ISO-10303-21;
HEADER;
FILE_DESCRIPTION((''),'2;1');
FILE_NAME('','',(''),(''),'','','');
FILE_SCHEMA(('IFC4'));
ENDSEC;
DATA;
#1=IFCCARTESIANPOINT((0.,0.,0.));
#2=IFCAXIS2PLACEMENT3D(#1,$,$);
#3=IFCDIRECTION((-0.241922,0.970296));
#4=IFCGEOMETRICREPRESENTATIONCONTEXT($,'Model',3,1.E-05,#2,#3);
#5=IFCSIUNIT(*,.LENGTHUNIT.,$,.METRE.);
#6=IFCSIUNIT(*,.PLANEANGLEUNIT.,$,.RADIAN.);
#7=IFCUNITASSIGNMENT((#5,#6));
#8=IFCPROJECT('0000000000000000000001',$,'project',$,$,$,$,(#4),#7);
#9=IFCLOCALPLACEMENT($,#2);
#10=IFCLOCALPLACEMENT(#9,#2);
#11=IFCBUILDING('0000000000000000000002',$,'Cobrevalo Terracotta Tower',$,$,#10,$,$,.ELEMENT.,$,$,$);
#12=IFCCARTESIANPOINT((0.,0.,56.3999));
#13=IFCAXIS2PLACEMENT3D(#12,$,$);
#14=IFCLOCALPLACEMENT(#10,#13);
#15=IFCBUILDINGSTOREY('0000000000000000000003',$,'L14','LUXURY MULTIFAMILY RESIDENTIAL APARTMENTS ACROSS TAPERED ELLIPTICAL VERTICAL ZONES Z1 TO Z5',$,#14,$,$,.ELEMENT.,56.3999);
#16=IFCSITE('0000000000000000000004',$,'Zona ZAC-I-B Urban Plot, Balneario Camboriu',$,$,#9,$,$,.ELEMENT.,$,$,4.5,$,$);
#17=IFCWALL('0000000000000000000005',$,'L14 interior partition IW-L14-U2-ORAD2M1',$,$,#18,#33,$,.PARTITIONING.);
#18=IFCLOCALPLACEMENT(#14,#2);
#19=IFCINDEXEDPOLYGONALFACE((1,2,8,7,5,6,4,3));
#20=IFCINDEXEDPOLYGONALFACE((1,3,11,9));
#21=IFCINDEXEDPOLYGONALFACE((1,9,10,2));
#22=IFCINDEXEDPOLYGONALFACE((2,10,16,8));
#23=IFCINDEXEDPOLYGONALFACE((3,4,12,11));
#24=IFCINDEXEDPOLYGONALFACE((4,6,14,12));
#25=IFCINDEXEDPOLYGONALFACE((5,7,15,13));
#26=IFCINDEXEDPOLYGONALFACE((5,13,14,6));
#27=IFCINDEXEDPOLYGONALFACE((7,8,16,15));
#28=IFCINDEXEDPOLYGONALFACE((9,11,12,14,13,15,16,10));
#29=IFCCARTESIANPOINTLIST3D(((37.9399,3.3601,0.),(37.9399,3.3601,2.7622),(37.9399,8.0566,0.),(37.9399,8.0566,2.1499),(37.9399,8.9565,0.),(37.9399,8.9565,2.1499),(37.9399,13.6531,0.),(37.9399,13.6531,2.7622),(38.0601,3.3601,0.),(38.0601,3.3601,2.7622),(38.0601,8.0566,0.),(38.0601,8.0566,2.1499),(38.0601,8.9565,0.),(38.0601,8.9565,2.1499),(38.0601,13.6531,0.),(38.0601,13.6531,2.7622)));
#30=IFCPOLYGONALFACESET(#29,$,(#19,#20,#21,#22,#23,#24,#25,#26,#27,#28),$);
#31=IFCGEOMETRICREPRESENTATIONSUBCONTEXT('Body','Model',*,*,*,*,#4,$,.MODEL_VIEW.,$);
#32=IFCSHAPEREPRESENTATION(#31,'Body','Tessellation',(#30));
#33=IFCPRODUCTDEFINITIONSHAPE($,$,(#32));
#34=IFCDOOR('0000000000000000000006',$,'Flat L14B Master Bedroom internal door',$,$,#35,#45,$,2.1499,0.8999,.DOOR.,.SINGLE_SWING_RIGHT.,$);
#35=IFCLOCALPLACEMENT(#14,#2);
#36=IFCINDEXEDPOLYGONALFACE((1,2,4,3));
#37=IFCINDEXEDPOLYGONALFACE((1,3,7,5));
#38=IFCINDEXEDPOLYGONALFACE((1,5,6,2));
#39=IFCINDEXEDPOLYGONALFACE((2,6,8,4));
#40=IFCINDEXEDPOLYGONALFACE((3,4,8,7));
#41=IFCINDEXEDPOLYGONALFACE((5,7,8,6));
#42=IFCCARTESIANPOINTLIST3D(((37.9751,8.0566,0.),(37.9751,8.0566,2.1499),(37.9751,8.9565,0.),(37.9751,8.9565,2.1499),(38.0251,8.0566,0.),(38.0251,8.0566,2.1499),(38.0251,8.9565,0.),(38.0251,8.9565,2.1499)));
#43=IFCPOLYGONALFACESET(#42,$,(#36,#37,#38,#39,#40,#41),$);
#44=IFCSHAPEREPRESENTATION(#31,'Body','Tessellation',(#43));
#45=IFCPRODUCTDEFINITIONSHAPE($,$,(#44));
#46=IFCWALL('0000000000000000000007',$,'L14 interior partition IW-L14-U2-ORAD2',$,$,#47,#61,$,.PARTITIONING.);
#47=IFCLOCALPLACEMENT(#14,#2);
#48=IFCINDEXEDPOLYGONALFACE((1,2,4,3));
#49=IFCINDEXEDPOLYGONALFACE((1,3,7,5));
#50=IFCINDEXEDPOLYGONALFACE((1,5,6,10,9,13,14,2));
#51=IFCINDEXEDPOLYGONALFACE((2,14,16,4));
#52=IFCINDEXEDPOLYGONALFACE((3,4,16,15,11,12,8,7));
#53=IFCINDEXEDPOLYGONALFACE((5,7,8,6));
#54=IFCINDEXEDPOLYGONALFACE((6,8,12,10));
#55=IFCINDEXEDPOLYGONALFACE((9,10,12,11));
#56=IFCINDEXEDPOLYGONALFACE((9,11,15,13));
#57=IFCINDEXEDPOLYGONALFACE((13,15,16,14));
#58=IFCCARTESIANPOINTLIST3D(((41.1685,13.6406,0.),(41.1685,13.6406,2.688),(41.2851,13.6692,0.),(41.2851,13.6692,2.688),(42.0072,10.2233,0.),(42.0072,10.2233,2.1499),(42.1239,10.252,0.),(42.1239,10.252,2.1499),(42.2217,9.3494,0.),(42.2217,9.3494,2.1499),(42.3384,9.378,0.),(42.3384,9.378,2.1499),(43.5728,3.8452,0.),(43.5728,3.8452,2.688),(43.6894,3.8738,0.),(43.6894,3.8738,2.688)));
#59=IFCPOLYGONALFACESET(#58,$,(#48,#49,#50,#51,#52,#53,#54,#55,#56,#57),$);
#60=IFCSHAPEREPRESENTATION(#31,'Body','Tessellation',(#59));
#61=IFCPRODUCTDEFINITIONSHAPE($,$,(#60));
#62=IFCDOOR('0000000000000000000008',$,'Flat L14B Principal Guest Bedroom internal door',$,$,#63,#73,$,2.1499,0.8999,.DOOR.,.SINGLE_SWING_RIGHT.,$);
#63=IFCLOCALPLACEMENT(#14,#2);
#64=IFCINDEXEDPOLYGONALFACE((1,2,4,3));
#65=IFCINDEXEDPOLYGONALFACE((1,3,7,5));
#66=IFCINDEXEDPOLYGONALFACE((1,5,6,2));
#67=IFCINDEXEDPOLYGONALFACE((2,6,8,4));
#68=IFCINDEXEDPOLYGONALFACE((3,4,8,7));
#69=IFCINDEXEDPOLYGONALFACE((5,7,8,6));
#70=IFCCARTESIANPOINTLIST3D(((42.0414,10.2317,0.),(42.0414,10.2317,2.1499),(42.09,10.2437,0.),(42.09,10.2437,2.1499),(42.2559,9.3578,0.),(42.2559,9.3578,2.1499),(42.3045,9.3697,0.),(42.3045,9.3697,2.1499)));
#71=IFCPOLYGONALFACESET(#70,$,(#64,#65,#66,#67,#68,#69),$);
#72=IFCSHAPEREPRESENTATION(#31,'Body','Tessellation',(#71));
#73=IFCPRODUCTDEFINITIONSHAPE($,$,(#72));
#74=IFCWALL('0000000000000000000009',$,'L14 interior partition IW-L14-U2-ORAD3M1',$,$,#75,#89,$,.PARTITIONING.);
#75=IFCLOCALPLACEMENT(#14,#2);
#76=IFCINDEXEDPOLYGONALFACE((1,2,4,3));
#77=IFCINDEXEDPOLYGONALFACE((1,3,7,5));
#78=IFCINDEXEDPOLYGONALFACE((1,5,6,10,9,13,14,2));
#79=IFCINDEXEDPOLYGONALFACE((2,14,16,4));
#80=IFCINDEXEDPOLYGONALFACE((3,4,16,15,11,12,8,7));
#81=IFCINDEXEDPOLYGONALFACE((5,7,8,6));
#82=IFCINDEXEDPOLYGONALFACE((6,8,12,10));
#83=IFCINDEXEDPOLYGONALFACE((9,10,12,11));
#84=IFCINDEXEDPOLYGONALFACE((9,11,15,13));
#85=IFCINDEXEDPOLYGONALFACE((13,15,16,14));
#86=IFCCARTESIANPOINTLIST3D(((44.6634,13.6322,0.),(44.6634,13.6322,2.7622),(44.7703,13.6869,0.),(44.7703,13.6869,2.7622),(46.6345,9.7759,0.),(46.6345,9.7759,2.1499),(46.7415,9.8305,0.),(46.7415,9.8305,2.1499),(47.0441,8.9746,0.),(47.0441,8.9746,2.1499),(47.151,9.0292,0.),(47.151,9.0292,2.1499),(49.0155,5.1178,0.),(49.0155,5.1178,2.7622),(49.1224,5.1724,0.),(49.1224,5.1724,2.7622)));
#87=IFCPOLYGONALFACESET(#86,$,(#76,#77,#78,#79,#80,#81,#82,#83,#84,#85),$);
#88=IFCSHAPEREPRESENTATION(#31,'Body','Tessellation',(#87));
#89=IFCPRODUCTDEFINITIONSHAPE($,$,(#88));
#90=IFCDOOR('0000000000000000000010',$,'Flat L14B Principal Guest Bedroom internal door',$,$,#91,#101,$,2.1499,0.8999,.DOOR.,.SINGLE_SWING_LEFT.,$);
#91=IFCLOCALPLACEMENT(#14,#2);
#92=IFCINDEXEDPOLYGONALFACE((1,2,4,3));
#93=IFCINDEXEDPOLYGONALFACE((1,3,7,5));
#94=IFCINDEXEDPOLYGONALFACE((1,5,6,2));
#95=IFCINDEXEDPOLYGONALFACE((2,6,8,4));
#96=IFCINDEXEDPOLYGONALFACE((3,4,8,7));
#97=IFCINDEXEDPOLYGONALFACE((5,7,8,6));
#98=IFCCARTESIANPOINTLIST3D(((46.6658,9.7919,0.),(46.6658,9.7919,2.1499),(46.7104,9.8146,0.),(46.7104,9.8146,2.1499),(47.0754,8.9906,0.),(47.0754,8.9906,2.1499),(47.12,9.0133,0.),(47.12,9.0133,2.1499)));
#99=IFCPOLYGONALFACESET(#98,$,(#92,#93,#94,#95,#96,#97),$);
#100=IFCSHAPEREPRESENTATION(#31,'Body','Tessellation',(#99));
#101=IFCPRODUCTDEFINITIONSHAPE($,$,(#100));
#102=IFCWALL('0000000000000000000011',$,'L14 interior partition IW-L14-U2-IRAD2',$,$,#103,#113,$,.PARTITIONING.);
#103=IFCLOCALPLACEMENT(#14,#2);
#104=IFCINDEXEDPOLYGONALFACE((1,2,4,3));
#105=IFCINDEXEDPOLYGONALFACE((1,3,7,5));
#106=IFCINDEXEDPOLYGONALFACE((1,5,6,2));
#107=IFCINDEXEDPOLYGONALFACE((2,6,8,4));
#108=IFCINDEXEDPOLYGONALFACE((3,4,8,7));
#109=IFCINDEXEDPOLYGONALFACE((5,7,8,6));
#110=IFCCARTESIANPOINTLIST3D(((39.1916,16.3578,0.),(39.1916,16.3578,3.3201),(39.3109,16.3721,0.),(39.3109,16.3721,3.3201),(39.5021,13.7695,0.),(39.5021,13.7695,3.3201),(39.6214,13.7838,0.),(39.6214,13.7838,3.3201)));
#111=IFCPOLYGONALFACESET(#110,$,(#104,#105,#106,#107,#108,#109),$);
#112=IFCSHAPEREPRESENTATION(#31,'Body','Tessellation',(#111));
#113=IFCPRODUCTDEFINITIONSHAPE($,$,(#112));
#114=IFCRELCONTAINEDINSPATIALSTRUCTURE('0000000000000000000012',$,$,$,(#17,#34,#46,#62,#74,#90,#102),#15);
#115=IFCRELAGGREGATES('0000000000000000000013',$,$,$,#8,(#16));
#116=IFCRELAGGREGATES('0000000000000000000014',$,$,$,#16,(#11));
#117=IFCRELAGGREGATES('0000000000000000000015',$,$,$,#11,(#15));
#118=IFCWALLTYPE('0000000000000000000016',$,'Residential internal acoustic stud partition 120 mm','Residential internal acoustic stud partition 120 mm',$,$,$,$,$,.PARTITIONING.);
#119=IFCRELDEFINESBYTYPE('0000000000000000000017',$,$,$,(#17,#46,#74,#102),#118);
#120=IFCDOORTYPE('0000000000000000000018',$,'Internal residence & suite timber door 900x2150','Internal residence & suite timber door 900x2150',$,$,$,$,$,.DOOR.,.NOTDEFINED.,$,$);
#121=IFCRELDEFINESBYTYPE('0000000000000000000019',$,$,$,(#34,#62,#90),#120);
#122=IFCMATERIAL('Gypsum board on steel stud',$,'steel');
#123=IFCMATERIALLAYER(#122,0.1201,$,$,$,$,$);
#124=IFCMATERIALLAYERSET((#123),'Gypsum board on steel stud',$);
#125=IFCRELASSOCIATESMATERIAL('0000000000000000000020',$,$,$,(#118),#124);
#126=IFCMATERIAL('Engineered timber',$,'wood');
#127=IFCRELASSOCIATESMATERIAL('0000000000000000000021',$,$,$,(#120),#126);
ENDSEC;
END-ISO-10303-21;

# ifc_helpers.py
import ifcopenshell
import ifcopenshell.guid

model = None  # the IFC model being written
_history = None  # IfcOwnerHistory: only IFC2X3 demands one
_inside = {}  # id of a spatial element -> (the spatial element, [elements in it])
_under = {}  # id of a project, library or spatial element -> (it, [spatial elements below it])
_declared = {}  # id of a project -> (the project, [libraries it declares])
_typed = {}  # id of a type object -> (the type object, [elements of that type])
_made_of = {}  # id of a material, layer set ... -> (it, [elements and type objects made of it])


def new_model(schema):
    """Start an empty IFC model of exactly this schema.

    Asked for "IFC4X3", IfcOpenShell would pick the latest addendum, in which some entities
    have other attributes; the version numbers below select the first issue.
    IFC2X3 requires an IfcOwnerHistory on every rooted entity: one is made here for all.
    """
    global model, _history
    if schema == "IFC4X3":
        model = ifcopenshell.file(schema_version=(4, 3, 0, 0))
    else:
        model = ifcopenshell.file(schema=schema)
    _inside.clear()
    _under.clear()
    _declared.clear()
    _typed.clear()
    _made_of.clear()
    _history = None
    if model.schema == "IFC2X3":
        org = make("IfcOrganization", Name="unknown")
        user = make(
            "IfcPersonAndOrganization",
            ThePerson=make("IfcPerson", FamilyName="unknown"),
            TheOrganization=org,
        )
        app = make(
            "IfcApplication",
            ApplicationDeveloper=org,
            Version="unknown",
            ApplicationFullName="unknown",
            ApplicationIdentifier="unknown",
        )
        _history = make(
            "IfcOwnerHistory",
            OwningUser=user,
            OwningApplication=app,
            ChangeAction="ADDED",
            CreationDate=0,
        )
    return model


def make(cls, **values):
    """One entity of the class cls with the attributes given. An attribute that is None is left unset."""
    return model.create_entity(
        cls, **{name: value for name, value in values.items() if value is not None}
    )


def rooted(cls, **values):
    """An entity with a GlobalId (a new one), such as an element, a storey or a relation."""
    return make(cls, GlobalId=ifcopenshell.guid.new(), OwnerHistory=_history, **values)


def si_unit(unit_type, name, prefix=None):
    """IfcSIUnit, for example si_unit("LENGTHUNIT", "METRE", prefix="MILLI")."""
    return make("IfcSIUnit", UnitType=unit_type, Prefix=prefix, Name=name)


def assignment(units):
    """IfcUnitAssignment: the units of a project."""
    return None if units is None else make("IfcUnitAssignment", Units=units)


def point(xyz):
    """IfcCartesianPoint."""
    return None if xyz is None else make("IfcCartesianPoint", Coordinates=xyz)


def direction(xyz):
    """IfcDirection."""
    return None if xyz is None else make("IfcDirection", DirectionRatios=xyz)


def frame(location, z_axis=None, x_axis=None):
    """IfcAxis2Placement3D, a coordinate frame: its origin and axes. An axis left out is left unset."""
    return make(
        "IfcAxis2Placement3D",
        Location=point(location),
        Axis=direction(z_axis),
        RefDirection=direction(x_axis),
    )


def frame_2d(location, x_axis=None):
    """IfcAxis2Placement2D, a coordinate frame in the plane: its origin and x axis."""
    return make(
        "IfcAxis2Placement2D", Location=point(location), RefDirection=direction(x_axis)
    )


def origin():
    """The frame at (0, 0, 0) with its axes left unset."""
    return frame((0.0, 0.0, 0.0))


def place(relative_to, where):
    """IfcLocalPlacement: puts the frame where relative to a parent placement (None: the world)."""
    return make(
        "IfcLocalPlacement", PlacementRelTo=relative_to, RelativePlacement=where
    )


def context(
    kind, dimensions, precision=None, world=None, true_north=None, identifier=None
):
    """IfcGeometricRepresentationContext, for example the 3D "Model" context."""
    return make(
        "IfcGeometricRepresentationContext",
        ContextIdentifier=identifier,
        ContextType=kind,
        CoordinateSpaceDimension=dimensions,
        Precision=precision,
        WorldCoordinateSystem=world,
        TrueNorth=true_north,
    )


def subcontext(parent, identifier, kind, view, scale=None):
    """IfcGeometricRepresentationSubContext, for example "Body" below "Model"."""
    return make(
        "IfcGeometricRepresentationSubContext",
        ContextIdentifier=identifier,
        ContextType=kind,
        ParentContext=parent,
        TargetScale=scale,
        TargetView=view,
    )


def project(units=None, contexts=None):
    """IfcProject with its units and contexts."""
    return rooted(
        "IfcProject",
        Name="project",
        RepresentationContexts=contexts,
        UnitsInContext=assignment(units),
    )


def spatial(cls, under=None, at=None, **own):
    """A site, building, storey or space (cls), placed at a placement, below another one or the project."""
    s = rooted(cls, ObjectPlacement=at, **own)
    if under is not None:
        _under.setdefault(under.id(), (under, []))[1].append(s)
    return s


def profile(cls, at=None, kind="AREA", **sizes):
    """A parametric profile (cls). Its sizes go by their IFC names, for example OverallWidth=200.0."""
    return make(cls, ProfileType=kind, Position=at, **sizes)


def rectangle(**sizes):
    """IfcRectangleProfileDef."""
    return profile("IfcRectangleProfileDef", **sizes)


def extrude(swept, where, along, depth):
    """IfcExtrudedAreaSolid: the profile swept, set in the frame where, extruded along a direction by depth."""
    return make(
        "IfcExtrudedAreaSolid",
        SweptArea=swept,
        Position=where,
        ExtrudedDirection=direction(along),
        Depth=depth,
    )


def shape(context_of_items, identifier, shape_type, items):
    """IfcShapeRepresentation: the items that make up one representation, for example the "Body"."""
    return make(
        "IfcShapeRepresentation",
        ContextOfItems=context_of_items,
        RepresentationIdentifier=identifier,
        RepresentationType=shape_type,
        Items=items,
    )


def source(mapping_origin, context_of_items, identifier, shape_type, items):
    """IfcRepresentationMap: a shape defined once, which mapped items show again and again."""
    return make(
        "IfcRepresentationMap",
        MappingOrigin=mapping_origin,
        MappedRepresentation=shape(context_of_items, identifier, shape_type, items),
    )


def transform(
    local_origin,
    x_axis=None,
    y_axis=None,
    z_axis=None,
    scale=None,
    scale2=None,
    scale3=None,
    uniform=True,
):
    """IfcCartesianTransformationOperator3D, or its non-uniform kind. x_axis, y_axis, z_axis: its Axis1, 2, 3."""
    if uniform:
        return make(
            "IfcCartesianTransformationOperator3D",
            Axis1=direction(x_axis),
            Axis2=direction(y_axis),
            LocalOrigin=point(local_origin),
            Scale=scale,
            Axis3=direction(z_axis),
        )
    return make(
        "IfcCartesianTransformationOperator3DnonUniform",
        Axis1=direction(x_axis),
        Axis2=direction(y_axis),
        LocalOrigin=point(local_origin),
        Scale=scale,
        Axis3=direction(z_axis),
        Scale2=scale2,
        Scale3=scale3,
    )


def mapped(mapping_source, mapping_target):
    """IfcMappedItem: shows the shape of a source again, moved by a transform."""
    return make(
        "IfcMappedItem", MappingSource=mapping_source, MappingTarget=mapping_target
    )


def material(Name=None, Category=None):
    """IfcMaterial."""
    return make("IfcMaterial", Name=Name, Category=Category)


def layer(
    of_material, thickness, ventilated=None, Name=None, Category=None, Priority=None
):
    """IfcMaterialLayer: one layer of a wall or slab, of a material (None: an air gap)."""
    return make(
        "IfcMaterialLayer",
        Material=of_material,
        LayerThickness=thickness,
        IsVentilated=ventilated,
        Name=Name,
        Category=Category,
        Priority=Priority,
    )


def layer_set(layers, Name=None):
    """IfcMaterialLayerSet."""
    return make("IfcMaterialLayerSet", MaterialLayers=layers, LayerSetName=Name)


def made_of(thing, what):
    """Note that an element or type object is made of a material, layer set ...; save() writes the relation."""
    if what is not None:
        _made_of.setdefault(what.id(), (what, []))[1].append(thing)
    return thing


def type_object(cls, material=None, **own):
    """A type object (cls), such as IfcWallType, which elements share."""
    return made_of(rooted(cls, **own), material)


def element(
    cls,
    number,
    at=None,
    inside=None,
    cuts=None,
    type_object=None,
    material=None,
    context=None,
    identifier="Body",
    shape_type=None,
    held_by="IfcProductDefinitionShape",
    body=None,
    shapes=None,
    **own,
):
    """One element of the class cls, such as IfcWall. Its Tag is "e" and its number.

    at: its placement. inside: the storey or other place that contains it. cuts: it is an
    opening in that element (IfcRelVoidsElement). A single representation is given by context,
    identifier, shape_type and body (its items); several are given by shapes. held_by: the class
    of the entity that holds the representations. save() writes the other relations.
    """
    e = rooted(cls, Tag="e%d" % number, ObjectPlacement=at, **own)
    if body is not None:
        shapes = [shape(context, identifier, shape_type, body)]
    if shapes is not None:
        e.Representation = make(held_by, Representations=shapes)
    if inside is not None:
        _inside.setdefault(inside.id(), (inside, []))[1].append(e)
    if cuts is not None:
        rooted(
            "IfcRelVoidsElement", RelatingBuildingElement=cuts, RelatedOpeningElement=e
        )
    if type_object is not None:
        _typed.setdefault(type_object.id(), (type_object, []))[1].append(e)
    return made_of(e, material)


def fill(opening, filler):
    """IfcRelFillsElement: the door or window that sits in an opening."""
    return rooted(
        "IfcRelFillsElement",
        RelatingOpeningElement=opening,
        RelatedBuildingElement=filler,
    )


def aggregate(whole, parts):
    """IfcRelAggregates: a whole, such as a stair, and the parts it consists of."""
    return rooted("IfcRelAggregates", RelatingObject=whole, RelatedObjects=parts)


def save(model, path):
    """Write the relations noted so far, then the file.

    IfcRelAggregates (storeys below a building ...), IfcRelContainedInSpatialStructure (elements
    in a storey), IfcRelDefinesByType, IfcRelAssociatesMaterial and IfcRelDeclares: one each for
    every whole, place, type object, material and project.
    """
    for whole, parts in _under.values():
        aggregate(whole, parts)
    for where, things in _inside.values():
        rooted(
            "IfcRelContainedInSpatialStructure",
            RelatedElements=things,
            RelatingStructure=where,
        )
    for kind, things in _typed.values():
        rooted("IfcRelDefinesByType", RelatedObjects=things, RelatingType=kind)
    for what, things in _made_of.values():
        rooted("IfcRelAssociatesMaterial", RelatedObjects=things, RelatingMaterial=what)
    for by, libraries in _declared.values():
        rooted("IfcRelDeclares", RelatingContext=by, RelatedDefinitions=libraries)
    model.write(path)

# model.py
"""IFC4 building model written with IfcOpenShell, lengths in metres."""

from ifc_helpers import new_model, si_unit, direction, frame, frame_2d, origin, place, context, subcontext, project, spatial, rectangle, extrude, source, transform, mapped, material, layer, layer_set, type_object, element, fill, save


model = new_model("IFC4")

# Units and contexts
model_context = context("Model", 3, precision=1e-05, world=origin(), true_north=direction((-0.241922, 0.970296)))
body_context = subcontext(model_context, "Body", "Model", "MODEL_VIEW")
ifc_project = project(units=[si_unit("LENGTHUNIT", "METRE"), si_unit("PLANEANGLEUNIT", "RADIAN")], contexts=[model_context])

# Site, building, storey
site_placement = place(None, origin())
site = spatial("IfcSite", under=ifc_project, at=site_placement, Name="Zona ZAC-I-B Urban Plot, Balneario Camboriu", CompositionType="ELEMENT", RefElevation=4.5)
building_placement = place(site_placement, origin())
building = spatial("IfcBuilding", under=site, at=building_placement, Name="Cobrevalo Terracotta Tower", CompositionType="ELEMENT")
storey_placement = place(building_placement, frame((0.0, 0.0, 56.3999)))
storey = spatial("IfcBuildingStorey", under=building, at=storey_placement, Name="L14", Description="LUXURY MULTIFAMILY RESIDENTIAL APARTMENTS ACROSS TAPERED ELLIPTICAL VERTICAL ZONES Z1 TO Z5", CompositionType="ELEMENT", Elevation=56.3999)

# Walls, openings, doors
ifc_material_1 = material(Name="Gypsum board on steel stud", Category="steel")
ifc_layer_1 = layer(ifc_material_1, 0.1201)
ifc_layer_set_1 = layer_set([ifc_layer_1], Name="Gypsum board on steel stud")
wall_type = type_object("IfcWallType", Name="Residential internal acoustic stud partition 120 mm", Description="Residential internal acoustic stud partition 120 mm", PredefinedType="PARTITIONING", material=ifc_layer_set_1)
wall_1_placement = place(storey_placement, frame((38.0, 13.6531, 0.0), z_axis=(0.0, 0.0, 1.0), x_axis=(0.0, -1.0, 0.0)))
wall_1 = element("IfcWall", 1, at=wall_1_placement, inside=storey, type_object=wall_type, Name="L14 interior partition IW-L14-U2-ORAD2M1", PredefinedType="PARTITIONING", context=body_context, shape_type="SweptSolid", body=[
    extrude(rectangle(XDim=10.293, YDim=0.1201, at=frame_2d((5.1465, 0.0))), origin(), (0.0, 0.0, 1.0), 2.7622),
])
opening_1_placement = place(wall_1_placement, frame((4.6965, 0.0, 0.0)))
opening_1 = element("IfcOpeningElement", 2, at=opening_1_placement, cuts=wall_1, PredefinedType="OPENING", context=body_context, shape_type="SweptSolid", body=[
    extrude(rectangle(XDim=0.8999, YDim=2.1499, at=frame_2d((0.45, 1.075))), frame((0.0, 0.0701, 0.0), z_axis=(0.0, -1.0, 0.0), x_axis=(1.0, 0.0, 0.0)), (0.0, 0.0, 1.0), 0.1401),
])
ifc_material_2 = material(Name="Engineered timber", Category="wood")
door_type_1 = type_object("IfcDoorType", Name="Internal residence & suite timber door 900x2150", Description="Internal residence & suite timber door 900x2150", OperationType="NOTDEFINED", PredefinedType="DOOR", material=ifc_material_2)
shared_shape_1 = source(origin(), body_context, "Body", "SweptSolid", [
    extrude(rectangle(XDim=0.8999, YDim=2.1499, at=frame_2d((0.45, 1.075))), frame((0.0, 0.0249, 0.0), z_axis=(0.0, -1.0, 0.0), x_axis=(1.0, 0.0, 0.0)), (0.0, 0.0, 1.0), 0.05),
])
door_1_placement = place(opening_1_placement, frame((0.8999, 0.0, 0.0), z_axis=(0.0, 0.0, 1.0), x_axis=(-1.0, 0.0, 0.0)))
door_1 = element("IfcDoor", 3, at=door_1_placement, inside=storey, type_object=door_type_1, Name="Flat L14B Master Bedroom internal door", OperationType="SINGLE_SWING_RIGHT", OverallHeight=2.1499, OverallWidth=0.8999, PredefinedType="DOOR", context=body_context, shape_type="MappedRepresentation", body=[
    mapped(shared_shape_1, transform((0.0, 0.0, 0.0), scale=1.0)),
])
fill(opening_1, door_1)
wall_2_placement = place(storey_placement, frame((41.2268, 13.6548, 0.0), z_axis=(0.0, 0.0, 1.0), x_axis=(0.238376, -0.971173, 0.0)))
wall_2 = element("IfcWall", 4, at=wall_2_placement, inside=storey, type_object=wall_type, Name="L14 interior partition IW-L14-U2-ORAD2", PredefinedType="PARTITIONING", context=body_context, shape_type="SweptSolid", body=[
    extrude(rectangle(XDim=10.0862, YDim=0.1201, at=frame_2d((5.043, 0.0))), origin(), (0.0, 0.0, 1.0), 2.688),
])
opening_2_placement = place(wall_2_placement, frame((3.5186, 0.0, 0.0)))
opening_2 = element("IfcOpeningElement", 5, at=opening_2_placement, cuts=wall_2, PredefinedType="OPENING", context=body_context, shape_type="SweptSolid", body=[
    extrude(rectangle(XDim=0.8999, YDim=2.1499, at=frame_2d((0.45, 1.075))), frame((0.0, 0.0701, 0.0), z_axis=(0.0, -1.0, 0.0), x_axis=(1.0, 0.0, 0.0)), (0.0, 0.0, 1.0), 0.1401),
])
door_2_placement = place(opening_2_placement, frame((0.8999, 0.0, 0.0), z_axis=(0.0, 0.0, 1.0), x_axis=(-1.0, 0.0, 0.0)))
door_2 = element("IfcDoor", 6, at=door_2_placement, inside=storey, type_object=door_type_1, Name="Flat L14B Principal Guest Bedroom internal door", OperationType="SINGLE_SWING_RIGHT", OverallHeight=2.1499, OverallWidth=0.8999, PredefinedType="DOOR", context=body_context, shape_type="MappedRepresentation", body=[
    mapped(shared_shape_1, transform((0.0, 0.0, 0.0), scale=1.0)),
])
fill(opening_2, door_2)
wall_3_placement = place(storey_placement, frame((44.7168, 13.6597, 0.0), z_axis=(0.0, 0.0, 1.0), x_axis=(0.455131, -0.890424, 0.0)))
wall_3 = element("IfcWall", 7, at=wall_3_placement, inside=storey, type_object=wall_type, Name="L14 interior partition IW-L14-U2-ORAD3M1", PredefinedType="PARTITIONING", context=body_context, shape_type="SweptSolid", body=[
    extrude(rectangle(XDim=9.5623, YDim=0.1201, at=frame_2d((4.7812, 0.0))), origin(), (0.0, 0.0, 1.0), 2.7622),
])
opening_3_placement = place(wall_3_placement, frame((4.3311, 0.0, 0.0)))
opening_3 = element("IfcOpeningElement", 8, at=opening_3_placement, cuts=wall_3, PredefinedType="OPENING", context=body_context, shape_type="SweptSolid", body=[
    extrude(rectangle(XDim=0.8999, YDim=2.1499, at=frame_2d((0.45, 1.075))), frame((0.0, 0.0701, 0.0), z_axis=(0.0, -1.0, 0.0), x_axis=(1.0, 0.0, 0.0)), (0.0, 0.0, 1.0), 0.1401),
])
door_3_placement = place(opening_3_placement, frame((0.8999, 0.0, 0.0), z_axis=(0.0, 0.0, 1.0), x_axis=(-1.0, 0.0, 0.0)))
door_3 = element("IfcDoor", 9, at=door_3_placement, inside=storey, type_object=door_type_1, Name="Flat L14B Principal Guest Bedroom internal door", OperationType="SINGLE_SWING_LEFT", OverallHeight=2.1499, OverallWidth=0.8999, PredefinedType="DOOR", context=body_context, shape_type="MappedRepresentation", body=[
    mapped(shared_shape_1, transform((0.0, 0.0, 0.0), scale=1.0)),
])
fill(opening_3, door_3)

# Wall
wall_4_placement = place(storey_placement, frame((39.2512, 16.365, 0.0), z_axis=(0.0, 0.0, 1.0), x_axis=(0.119123, -0.992879, 0.0)))
element("IfcWall", 10, at=wall_4_placement, inside=storey, type_object=wall_type, Name="L14 interior partition IW-L14-U2-IRAD2", PredefinedType="PARTITIONING", context=body_context, shape_type="SweptSolid", body=[
    extrude(rectangle(XDim=2.6069, YDim=0.1201, at=frame_2d((1.3035, 0.0))), origin(), (0.0, 0.0, 1.0), 3.3201),
])

save(model, "model.ifc")
